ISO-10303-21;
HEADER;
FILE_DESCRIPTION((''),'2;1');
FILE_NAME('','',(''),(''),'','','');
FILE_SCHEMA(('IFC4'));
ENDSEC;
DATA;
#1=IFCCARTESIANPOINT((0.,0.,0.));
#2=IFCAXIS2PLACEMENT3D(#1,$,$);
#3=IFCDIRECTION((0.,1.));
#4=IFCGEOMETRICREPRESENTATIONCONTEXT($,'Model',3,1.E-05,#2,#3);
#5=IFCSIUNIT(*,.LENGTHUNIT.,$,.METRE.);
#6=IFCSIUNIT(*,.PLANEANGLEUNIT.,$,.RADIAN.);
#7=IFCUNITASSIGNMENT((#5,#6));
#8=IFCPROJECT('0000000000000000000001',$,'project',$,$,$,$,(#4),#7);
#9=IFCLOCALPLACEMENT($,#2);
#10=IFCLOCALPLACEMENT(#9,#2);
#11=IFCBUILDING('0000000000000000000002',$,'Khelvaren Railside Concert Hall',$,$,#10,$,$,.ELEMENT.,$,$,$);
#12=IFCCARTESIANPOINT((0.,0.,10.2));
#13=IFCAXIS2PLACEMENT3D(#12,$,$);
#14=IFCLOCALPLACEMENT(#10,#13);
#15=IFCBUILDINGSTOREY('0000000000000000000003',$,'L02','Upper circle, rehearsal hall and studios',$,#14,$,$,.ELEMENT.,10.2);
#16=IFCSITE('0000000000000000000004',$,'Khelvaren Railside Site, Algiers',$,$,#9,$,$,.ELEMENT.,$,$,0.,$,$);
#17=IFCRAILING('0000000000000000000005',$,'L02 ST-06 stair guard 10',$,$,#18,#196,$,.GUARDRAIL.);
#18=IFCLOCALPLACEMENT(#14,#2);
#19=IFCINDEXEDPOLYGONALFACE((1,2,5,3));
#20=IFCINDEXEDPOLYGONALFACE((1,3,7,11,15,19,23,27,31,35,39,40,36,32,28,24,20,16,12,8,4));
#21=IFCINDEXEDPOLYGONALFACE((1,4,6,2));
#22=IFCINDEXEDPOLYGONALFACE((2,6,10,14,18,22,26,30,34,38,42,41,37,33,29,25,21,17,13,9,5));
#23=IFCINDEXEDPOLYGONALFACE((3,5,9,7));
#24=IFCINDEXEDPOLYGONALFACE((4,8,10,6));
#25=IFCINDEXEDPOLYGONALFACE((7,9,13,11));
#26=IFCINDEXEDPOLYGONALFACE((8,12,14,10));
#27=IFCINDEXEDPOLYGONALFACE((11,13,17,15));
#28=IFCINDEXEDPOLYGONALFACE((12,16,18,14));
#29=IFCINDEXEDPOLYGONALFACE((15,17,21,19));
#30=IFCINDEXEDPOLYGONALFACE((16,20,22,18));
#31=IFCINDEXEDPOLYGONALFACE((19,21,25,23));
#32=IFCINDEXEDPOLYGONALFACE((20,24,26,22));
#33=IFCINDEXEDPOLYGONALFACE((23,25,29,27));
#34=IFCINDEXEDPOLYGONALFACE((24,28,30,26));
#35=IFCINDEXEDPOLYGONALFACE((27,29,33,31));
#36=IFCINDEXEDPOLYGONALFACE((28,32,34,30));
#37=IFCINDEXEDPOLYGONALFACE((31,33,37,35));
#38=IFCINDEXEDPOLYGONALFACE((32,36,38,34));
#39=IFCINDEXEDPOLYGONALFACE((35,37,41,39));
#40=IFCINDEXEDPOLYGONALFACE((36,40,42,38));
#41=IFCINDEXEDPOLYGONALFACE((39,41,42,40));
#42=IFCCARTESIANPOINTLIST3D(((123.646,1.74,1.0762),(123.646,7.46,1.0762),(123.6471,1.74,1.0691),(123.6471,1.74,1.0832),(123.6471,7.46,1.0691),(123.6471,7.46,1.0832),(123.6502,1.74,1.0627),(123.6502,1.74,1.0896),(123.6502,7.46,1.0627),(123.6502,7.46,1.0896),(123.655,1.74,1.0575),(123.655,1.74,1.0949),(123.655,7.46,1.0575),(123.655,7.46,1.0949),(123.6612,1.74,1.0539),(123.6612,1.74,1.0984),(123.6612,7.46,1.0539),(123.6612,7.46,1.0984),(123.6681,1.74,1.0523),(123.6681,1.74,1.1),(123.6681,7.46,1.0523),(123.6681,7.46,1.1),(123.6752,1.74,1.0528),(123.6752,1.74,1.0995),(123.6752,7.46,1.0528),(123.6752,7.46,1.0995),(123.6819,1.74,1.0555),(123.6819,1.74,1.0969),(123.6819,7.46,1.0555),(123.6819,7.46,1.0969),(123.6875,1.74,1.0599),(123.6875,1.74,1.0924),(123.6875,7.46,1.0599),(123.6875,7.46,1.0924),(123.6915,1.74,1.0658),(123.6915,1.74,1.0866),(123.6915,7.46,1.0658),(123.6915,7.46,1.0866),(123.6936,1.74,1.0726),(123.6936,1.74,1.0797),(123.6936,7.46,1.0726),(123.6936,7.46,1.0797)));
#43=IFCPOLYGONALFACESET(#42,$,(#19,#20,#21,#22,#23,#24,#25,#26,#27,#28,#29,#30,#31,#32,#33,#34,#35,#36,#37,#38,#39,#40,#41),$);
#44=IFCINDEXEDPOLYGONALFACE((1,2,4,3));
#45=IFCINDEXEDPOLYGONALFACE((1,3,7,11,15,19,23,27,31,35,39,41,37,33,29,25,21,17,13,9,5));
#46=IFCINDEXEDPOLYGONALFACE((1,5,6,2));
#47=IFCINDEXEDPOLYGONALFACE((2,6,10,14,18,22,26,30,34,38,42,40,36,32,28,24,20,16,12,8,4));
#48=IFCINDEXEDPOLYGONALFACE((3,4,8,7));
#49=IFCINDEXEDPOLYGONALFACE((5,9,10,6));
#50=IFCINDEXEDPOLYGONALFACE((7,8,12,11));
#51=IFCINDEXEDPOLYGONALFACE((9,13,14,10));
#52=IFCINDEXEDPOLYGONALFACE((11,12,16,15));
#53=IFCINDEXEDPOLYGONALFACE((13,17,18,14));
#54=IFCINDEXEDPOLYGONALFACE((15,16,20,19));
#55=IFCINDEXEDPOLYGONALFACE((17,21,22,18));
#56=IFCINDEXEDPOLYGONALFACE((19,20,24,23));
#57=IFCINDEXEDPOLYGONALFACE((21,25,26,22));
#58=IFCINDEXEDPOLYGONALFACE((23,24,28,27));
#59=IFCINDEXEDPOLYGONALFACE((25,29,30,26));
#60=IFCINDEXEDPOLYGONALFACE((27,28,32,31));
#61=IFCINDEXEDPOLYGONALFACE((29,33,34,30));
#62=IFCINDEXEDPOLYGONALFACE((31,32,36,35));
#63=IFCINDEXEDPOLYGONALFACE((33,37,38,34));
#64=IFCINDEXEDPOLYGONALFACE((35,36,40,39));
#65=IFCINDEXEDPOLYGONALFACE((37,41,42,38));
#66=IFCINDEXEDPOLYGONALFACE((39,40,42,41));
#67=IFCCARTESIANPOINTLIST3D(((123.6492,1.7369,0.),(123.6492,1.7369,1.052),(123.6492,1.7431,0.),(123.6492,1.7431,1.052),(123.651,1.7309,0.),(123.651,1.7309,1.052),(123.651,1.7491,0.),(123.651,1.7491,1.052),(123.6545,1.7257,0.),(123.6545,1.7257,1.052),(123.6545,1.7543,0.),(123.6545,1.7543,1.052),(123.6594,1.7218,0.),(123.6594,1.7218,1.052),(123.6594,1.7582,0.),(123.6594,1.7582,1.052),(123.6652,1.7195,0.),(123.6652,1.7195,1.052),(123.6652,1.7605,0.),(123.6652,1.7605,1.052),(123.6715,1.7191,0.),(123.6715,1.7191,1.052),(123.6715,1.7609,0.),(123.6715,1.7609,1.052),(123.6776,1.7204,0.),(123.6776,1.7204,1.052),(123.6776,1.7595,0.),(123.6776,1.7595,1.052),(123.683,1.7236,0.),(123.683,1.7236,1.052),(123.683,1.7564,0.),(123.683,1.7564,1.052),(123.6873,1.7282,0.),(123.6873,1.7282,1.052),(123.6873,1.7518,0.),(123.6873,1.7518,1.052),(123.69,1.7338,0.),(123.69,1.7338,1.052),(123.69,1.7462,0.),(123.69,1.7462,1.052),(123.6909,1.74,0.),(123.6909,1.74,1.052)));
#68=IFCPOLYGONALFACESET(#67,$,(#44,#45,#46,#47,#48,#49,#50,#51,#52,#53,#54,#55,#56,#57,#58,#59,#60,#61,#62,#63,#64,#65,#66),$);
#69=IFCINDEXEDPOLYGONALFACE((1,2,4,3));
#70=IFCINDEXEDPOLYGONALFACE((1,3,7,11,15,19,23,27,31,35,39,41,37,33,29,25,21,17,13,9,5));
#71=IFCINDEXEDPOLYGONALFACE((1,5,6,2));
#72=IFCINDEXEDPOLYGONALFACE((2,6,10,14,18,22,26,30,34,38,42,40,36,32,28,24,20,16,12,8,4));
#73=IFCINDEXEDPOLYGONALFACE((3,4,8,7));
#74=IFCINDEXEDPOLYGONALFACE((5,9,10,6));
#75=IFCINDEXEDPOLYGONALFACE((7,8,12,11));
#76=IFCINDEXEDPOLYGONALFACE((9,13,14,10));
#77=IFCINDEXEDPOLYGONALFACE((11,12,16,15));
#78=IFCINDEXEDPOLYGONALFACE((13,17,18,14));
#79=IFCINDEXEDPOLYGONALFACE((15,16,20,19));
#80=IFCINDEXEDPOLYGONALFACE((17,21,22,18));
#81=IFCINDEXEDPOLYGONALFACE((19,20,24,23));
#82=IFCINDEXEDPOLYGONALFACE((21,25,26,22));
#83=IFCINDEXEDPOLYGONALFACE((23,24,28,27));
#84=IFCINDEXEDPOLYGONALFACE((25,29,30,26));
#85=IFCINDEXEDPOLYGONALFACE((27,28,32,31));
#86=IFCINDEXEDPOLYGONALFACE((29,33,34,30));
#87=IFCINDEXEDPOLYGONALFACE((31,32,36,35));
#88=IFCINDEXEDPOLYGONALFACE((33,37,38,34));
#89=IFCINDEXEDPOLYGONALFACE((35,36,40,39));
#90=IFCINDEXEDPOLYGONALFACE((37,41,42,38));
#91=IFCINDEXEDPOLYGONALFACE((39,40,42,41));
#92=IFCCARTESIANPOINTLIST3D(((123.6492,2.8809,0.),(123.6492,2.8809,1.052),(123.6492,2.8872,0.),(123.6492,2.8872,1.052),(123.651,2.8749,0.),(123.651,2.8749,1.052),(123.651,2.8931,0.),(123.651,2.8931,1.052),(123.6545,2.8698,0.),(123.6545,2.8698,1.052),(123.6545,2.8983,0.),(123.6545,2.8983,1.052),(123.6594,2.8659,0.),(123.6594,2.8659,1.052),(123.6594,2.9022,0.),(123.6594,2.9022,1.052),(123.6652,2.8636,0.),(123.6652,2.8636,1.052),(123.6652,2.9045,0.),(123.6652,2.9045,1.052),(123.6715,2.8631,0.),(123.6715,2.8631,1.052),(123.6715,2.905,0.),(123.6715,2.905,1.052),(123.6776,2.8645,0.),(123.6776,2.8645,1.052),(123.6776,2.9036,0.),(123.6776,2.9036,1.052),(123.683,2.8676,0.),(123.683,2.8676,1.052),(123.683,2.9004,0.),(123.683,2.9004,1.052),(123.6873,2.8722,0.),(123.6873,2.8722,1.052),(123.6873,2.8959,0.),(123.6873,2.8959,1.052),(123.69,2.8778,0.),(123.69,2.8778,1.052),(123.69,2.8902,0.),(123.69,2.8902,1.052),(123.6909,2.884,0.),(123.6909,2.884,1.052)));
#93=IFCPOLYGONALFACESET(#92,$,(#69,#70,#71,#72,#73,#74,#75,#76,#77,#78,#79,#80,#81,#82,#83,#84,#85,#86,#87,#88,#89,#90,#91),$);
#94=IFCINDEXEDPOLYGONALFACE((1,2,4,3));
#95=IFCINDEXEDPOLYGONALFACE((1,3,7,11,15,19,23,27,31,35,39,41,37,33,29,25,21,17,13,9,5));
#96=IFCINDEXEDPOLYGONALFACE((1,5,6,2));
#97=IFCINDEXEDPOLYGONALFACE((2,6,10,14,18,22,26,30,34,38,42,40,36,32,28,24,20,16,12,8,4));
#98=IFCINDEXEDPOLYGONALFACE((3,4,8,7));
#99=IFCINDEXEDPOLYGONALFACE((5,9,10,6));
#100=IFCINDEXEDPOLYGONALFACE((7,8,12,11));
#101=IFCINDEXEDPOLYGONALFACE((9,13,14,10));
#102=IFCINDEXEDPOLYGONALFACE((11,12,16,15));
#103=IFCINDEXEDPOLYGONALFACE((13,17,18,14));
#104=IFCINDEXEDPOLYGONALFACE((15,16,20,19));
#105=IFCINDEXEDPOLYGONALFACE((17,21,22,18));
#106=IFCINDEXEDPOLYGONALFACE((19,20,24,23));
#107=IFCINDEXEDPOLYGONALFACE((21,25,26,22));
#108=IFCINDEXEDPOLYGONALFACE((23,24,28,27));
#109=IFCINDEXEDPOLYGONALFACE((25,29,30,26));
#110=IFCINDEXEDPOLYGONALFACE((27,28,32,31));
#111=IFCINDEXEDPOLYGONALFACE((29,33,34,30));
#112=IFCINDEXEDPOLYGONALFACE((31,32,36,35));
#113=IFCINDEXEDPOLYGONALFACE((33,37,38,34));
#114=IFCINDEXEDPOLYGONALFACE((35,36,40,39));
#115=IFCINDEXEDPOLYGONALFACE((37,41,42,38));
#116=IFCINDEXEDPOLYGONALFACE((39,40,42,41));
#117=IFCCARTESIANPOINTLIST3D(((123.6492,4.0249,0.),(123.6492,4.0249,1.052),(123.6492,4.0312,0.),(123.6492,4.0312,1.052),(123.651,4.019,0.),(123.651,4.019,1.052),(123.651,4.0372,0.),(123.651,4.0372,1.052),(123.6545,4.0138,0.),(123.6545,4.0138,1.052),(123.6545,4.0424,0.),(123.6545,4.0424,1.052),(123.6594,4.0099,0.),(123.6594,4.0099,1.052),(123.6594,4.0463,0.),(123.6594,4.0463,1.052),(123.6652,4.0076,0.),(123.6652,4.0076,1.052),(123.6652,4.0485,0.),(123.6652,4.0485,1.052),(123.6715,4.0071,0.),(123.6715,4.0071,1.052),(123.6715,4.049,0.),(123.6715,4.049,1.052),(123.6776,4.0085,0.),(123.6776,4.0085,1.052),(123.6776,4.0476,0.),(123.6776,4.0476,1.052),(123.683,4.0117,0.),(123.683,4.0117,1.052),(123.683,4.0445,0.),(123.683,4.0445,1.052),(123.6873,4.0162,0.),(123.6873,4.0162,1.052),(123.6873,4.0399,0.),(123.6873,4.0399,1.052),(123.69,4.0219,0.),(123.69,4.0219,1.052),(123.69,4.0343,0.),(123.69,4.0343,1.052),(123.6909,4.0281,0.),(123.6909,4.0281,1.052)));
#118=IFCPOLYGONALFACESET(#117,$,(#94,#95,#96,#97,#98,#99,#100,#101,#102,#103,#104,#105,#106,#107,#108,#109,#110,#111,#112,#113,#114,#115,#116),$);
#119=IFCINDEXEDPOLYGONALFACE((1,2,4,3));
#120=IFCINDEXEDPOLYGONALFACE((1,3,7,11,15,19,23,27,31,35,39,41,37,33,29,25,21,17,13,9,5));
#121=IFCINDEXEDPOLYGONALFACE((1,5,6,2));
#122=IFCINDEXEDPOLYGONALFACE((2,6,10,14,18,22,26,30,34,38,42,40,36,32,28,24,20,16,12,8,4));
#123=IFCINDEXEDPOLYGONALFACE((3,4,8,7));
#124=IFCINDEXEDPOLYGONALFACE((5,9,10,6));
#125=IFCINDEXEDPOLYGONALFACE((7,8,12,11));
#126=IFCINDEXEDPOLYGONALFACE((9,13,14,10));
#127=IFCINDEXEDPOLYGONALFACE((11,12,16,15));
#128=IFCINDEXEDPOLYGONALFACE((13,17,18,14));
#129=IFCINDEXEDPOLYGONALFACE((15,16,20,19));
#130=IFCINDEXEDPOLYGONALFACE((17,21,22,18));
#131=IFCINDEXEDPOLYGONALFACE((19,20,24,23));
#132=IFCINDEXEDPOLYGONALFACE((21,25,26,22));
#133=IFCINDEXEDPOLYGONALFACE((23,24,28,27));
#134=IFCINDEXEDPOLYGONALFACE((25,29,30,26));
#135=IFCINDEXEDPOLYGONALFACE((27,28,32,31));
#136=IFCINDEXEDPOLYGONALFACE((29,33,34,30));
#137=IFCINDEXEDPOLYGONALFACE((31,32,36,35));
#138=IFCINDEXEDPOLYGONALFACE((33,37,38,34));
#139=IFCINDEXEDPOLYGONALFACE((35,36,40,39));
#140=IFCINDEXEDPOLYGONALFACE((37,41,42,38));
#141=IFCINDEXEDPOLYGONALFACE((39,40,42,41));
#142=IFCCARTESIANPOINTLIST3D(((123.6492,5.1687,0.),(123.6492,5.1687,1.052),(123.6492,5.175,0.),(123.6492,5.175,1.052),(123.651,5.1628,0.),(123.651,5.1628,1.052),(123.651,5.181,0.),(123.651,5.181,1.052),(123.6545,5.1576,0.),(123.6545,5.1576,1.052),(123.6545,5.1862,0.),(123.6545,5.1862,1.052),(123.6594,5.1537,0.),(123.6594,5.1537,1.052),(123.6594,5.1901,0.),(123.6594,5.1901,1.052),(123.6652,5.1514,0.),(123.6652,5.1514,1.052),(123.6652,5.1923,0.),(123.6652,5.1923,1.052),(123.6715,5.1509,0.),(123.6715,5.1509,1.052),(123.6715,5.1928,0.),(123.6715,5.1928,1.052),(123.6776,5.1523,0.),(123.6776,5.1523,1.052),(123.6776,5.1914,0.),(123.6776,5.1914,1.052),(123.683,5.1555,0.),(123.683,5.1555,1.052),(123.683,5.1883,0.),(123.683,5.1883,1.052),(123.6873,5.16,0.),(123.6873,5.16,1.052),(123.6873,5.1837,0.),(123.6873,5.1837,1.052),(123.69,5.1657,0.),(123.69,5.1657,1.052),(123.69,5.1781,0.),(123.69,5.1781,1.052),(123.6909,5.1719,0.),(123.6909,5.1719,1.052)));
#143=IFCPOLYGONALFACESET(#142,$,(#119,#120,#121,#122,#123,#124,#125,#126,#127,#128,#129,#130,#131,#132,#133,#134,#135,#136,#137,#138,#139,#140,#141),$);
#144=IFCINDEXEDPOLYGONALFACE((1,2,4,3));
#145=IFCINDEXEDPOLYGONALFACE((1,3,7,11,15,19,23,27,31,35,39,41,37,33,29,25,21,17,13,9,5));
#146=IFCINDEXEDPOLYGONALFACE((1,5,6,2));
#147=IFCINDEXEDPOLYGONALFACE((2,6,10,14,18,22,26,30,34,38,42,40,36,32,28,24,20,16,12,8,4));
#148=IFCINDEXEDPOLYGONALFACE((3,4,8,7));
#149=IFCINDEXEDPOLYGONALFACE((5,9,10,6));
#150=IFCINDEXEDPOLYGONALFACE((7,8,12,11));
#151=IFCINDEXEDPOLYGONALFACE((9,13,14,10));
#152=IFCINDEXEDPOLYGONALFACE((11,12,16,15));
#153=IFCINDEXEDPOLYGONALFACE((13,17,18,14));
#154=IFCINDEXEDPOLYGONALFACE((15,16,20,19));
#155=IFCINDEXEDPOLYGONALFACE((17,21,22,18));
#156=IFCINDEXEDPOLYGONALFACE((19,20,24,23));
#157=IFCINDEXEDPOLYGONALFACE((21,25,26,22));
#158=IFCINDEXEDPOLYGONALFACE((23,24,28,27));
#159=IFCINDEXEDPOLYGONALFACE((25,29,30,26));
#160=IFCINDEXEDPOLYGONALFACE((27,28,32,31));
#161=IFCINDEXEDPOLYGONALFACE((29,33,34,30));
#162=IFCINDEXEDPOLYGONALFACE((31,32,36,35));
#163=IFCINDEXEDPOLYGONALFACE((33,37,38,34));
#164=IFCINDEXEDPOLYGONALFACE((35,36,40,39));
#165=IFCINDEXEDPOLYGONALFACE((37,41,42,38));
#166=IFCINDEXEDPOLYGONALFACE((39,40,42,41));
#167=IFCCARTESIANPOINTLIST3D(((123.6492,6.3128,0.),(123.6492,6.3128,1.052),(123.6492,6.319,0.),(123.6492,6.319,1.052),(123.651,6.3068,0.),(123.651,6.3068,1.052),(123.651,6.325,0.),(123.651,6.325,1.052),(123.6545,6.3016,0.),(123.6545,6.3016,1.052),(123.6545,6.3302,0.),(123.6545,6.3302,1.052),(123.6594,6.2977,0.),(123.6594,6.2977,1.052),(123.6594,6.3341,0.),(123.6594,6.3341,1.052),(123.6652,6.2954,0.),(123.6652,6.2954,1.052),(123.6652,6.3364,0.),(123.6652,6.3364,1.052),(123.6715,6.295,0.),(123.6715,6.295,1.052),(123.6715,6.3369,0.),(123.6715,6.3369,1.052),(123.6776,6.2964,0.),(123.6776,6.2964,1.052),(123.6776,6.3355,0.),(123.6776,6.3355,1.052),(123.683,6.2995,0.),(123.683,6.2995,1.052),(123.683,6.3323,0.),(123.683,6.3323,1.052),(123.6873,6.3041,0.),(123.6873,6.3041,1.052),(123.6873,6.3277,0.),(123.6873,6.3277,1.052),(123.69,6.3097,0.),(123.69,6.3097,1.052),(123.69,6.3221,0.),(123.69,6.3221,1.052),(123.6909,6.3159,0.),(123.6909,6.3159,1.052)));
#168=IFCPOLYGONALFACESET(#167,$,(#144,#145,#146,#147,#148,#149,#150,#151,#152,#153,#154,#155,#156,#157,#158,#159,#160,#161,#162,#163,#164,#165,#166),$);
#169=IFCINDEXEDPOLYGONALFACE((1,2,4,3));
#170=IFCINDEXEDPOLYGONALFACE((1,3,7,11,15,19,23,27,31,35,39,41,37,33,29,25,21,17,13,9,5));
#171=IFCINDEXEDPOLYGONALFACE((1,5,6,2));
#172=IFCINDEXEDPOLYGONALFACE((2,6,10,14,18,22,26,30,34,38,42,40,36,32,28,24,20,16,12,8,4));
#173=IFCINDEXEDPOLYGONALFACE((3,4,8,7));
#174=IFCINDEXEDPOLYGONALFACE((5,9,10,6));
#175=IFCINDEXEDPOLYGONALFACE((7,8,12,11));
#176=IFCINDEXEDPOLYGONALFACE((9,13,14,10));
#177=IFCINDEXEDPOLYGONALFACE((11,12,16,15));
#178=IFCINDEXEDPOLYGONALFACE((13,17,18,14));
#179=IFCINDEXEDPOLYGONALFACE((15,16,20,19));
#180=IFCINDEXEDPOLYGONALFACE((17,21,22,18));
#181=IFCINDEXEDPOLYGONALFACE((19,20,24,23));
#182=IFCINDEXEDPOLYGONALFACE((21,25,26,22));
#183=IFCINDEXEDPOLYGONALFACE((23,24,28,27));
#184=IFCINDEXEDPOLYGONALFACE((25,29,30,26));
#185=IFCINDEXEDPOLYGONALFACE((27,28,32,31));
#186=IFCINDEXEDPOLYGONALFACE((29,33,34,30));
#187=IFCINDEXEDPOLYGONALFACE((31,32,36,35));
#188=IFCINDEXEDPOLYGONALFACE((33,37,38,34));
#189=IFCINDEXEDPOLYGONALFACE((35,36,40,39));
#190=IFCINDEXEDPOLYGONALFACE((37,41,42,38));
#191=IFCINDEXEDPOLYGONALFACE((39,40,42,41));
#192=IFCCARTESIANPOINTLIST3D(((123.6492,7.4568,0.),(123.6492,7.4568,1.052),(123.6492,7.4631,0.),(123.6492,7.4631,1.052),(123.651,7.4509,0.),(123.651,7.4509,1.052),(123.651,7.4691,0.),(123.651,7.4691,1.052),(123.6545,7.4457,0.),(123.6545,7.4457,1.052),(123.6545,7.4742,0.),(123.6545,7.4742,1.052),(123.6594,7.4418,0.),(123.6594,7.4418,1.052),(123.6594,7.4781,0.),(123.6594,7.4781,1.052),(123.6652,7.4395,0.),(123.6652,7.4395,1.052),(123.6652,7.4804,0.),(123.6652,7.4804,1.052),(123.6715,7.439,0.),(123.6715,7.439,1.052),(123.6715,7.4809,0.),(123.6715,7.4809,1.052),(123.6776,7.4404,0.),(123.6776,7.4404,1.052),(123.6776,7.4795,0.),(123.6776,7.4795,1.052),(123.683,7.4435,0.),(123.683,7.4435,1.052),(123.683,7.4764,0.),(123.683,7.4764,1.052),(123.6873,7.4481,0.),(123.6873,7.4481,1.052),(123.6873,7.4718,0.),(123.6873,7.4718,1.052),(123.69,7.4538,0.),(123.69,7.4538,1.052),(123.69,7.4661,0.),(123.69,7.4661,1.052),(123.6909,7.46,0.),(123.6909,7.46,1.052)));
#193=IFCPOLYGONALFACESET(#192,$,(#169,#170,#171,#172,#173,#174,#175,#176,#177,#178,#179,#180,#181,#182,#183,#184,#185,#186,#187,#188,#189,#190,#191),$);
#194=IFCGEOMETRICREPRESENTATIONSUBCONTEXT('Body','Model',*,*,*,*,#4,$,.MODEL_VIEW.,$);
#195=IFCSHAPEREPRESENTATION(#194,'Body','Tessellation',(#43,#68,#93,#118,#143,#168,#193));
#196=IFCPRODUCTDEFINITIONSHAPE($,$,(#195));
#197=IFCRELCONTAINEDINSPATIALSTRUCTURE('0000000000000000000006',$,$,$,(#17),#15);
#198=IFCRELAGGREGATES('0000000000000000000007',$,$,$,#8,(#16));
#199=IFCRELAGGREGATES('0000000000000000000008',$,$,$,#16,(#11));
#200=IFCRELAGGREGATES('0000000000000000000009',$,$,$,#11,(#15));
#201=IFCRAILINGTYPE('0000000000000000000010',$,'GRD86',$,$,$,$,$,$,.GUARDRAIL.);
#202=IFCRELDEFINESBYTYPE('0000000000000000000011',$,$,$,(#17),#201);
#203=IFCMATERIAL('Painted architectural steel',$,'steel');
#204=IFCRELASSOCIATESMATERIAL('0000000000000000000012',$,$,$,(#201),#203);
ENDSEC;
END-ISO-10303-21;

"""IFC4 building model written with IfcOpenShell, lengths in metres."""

from ifc_helpers import new_model, si_unit, direction, frame, origin, origin_2d, place, context, subcontext, project, spatial, circle, extrude, material, type_object, element, save


model = new_model("IFC4")

# Units and contexts
model_context = context("Model", 3, precision=1e-05, world=origin(), true_north=direction((0.0, 1.0)))
body_context = subcontext(model_context, "Body", "Model", "MODEL_VIEW")
ifc_project = project(units=[si_unit("LENGTHUNIT", "METRE"), si_unit("PLANEANGLEUNIT", "RADIAN")], contexts=[model_context])

# Site, building, storey
site_placement = place(None, origin())
site = spatial("IfcSite", under=ifc_project, at=site_placement, Name="Khelvaren Railside Site, Algiers", CompositionType="ELEMENT", RefElevation=0.0)
building_placement = place(site_placement, origin())
building = spatial("IfcBuilding", under=site, at=building_placement, Name="Khelvaren Railside Concert Hall", CompositionType="ELEMENT")
storey_placement = place(building_placement, frame((0.0, 0.0, 10.2)))
storey = spatial("IfcBuildingStorey", under=building, at=storey_placement, Name="L02", Description="Upper circle, rehearsal hall and studios", CompositionType="ELEMENT", Elevation=10.2)

# Railing
ifc_material_1 = material(Name="Painted architectural steel", Category="steel")
railing_type = type_object("IfcRailingType", Name="GRD86", PredefinedType="GUARDRAIL", material=ifc_material_1)
railing_1_placement = place(storey_placement, frame((123.6699, 1.74, 0.0)))
element("IfcRailing", 1, at=railing_1_placement, inside=storey, type_object=railing_type, Name="L02 ST-06 stair guard 10", PredefinedType="GUARDRAIL", context=body_context, shape_type="SweptSolid", body=[
    extrude(circle(Radius=0.0239, at=origin_2d()), frame((0.0, 0.0, 1.0762), z_axis=(0.0, 1.0, 0.0), x_axis=(-1.0, 0.0, 0.0)), (0.0, 0.0, 1.0), 5.72),
    extrude(circle(Radius=0.021, at=origin_2d()), origin(), (0.0, 0.0, 1.0), 1.052),
    extrude(circle(Radius=0.021, at=origin_2d()), frame((0.0, 1.144, 0.0)), (0.0, 0.0, 1.0), 1.052),
    extrude(circle(Radius=0.021, at=origin_2d()), frame((0.0, 2.2881, 0.0)), (0.0, 0.0, 1.0), 1.052),
    extrude(circle(Radius=0.021, at=origin_2d()), frame((0.0, 3.4319, 0.0)), (0.0, 0.0, 1.0), 1.052),
    extrude(circle(Radius=0.021, at=origin_2d()), frame((0.0, 4.5759, 0.0)), (0.0, 0.0, 1.0), 1.052),
    extrude(circle(Radius=0.021, at=origin_2d()), frame((0.0, 5.72, 0.0)), (0.0, 0.0, 1.0), 1.052),
])

save(model, "model.ifc")
